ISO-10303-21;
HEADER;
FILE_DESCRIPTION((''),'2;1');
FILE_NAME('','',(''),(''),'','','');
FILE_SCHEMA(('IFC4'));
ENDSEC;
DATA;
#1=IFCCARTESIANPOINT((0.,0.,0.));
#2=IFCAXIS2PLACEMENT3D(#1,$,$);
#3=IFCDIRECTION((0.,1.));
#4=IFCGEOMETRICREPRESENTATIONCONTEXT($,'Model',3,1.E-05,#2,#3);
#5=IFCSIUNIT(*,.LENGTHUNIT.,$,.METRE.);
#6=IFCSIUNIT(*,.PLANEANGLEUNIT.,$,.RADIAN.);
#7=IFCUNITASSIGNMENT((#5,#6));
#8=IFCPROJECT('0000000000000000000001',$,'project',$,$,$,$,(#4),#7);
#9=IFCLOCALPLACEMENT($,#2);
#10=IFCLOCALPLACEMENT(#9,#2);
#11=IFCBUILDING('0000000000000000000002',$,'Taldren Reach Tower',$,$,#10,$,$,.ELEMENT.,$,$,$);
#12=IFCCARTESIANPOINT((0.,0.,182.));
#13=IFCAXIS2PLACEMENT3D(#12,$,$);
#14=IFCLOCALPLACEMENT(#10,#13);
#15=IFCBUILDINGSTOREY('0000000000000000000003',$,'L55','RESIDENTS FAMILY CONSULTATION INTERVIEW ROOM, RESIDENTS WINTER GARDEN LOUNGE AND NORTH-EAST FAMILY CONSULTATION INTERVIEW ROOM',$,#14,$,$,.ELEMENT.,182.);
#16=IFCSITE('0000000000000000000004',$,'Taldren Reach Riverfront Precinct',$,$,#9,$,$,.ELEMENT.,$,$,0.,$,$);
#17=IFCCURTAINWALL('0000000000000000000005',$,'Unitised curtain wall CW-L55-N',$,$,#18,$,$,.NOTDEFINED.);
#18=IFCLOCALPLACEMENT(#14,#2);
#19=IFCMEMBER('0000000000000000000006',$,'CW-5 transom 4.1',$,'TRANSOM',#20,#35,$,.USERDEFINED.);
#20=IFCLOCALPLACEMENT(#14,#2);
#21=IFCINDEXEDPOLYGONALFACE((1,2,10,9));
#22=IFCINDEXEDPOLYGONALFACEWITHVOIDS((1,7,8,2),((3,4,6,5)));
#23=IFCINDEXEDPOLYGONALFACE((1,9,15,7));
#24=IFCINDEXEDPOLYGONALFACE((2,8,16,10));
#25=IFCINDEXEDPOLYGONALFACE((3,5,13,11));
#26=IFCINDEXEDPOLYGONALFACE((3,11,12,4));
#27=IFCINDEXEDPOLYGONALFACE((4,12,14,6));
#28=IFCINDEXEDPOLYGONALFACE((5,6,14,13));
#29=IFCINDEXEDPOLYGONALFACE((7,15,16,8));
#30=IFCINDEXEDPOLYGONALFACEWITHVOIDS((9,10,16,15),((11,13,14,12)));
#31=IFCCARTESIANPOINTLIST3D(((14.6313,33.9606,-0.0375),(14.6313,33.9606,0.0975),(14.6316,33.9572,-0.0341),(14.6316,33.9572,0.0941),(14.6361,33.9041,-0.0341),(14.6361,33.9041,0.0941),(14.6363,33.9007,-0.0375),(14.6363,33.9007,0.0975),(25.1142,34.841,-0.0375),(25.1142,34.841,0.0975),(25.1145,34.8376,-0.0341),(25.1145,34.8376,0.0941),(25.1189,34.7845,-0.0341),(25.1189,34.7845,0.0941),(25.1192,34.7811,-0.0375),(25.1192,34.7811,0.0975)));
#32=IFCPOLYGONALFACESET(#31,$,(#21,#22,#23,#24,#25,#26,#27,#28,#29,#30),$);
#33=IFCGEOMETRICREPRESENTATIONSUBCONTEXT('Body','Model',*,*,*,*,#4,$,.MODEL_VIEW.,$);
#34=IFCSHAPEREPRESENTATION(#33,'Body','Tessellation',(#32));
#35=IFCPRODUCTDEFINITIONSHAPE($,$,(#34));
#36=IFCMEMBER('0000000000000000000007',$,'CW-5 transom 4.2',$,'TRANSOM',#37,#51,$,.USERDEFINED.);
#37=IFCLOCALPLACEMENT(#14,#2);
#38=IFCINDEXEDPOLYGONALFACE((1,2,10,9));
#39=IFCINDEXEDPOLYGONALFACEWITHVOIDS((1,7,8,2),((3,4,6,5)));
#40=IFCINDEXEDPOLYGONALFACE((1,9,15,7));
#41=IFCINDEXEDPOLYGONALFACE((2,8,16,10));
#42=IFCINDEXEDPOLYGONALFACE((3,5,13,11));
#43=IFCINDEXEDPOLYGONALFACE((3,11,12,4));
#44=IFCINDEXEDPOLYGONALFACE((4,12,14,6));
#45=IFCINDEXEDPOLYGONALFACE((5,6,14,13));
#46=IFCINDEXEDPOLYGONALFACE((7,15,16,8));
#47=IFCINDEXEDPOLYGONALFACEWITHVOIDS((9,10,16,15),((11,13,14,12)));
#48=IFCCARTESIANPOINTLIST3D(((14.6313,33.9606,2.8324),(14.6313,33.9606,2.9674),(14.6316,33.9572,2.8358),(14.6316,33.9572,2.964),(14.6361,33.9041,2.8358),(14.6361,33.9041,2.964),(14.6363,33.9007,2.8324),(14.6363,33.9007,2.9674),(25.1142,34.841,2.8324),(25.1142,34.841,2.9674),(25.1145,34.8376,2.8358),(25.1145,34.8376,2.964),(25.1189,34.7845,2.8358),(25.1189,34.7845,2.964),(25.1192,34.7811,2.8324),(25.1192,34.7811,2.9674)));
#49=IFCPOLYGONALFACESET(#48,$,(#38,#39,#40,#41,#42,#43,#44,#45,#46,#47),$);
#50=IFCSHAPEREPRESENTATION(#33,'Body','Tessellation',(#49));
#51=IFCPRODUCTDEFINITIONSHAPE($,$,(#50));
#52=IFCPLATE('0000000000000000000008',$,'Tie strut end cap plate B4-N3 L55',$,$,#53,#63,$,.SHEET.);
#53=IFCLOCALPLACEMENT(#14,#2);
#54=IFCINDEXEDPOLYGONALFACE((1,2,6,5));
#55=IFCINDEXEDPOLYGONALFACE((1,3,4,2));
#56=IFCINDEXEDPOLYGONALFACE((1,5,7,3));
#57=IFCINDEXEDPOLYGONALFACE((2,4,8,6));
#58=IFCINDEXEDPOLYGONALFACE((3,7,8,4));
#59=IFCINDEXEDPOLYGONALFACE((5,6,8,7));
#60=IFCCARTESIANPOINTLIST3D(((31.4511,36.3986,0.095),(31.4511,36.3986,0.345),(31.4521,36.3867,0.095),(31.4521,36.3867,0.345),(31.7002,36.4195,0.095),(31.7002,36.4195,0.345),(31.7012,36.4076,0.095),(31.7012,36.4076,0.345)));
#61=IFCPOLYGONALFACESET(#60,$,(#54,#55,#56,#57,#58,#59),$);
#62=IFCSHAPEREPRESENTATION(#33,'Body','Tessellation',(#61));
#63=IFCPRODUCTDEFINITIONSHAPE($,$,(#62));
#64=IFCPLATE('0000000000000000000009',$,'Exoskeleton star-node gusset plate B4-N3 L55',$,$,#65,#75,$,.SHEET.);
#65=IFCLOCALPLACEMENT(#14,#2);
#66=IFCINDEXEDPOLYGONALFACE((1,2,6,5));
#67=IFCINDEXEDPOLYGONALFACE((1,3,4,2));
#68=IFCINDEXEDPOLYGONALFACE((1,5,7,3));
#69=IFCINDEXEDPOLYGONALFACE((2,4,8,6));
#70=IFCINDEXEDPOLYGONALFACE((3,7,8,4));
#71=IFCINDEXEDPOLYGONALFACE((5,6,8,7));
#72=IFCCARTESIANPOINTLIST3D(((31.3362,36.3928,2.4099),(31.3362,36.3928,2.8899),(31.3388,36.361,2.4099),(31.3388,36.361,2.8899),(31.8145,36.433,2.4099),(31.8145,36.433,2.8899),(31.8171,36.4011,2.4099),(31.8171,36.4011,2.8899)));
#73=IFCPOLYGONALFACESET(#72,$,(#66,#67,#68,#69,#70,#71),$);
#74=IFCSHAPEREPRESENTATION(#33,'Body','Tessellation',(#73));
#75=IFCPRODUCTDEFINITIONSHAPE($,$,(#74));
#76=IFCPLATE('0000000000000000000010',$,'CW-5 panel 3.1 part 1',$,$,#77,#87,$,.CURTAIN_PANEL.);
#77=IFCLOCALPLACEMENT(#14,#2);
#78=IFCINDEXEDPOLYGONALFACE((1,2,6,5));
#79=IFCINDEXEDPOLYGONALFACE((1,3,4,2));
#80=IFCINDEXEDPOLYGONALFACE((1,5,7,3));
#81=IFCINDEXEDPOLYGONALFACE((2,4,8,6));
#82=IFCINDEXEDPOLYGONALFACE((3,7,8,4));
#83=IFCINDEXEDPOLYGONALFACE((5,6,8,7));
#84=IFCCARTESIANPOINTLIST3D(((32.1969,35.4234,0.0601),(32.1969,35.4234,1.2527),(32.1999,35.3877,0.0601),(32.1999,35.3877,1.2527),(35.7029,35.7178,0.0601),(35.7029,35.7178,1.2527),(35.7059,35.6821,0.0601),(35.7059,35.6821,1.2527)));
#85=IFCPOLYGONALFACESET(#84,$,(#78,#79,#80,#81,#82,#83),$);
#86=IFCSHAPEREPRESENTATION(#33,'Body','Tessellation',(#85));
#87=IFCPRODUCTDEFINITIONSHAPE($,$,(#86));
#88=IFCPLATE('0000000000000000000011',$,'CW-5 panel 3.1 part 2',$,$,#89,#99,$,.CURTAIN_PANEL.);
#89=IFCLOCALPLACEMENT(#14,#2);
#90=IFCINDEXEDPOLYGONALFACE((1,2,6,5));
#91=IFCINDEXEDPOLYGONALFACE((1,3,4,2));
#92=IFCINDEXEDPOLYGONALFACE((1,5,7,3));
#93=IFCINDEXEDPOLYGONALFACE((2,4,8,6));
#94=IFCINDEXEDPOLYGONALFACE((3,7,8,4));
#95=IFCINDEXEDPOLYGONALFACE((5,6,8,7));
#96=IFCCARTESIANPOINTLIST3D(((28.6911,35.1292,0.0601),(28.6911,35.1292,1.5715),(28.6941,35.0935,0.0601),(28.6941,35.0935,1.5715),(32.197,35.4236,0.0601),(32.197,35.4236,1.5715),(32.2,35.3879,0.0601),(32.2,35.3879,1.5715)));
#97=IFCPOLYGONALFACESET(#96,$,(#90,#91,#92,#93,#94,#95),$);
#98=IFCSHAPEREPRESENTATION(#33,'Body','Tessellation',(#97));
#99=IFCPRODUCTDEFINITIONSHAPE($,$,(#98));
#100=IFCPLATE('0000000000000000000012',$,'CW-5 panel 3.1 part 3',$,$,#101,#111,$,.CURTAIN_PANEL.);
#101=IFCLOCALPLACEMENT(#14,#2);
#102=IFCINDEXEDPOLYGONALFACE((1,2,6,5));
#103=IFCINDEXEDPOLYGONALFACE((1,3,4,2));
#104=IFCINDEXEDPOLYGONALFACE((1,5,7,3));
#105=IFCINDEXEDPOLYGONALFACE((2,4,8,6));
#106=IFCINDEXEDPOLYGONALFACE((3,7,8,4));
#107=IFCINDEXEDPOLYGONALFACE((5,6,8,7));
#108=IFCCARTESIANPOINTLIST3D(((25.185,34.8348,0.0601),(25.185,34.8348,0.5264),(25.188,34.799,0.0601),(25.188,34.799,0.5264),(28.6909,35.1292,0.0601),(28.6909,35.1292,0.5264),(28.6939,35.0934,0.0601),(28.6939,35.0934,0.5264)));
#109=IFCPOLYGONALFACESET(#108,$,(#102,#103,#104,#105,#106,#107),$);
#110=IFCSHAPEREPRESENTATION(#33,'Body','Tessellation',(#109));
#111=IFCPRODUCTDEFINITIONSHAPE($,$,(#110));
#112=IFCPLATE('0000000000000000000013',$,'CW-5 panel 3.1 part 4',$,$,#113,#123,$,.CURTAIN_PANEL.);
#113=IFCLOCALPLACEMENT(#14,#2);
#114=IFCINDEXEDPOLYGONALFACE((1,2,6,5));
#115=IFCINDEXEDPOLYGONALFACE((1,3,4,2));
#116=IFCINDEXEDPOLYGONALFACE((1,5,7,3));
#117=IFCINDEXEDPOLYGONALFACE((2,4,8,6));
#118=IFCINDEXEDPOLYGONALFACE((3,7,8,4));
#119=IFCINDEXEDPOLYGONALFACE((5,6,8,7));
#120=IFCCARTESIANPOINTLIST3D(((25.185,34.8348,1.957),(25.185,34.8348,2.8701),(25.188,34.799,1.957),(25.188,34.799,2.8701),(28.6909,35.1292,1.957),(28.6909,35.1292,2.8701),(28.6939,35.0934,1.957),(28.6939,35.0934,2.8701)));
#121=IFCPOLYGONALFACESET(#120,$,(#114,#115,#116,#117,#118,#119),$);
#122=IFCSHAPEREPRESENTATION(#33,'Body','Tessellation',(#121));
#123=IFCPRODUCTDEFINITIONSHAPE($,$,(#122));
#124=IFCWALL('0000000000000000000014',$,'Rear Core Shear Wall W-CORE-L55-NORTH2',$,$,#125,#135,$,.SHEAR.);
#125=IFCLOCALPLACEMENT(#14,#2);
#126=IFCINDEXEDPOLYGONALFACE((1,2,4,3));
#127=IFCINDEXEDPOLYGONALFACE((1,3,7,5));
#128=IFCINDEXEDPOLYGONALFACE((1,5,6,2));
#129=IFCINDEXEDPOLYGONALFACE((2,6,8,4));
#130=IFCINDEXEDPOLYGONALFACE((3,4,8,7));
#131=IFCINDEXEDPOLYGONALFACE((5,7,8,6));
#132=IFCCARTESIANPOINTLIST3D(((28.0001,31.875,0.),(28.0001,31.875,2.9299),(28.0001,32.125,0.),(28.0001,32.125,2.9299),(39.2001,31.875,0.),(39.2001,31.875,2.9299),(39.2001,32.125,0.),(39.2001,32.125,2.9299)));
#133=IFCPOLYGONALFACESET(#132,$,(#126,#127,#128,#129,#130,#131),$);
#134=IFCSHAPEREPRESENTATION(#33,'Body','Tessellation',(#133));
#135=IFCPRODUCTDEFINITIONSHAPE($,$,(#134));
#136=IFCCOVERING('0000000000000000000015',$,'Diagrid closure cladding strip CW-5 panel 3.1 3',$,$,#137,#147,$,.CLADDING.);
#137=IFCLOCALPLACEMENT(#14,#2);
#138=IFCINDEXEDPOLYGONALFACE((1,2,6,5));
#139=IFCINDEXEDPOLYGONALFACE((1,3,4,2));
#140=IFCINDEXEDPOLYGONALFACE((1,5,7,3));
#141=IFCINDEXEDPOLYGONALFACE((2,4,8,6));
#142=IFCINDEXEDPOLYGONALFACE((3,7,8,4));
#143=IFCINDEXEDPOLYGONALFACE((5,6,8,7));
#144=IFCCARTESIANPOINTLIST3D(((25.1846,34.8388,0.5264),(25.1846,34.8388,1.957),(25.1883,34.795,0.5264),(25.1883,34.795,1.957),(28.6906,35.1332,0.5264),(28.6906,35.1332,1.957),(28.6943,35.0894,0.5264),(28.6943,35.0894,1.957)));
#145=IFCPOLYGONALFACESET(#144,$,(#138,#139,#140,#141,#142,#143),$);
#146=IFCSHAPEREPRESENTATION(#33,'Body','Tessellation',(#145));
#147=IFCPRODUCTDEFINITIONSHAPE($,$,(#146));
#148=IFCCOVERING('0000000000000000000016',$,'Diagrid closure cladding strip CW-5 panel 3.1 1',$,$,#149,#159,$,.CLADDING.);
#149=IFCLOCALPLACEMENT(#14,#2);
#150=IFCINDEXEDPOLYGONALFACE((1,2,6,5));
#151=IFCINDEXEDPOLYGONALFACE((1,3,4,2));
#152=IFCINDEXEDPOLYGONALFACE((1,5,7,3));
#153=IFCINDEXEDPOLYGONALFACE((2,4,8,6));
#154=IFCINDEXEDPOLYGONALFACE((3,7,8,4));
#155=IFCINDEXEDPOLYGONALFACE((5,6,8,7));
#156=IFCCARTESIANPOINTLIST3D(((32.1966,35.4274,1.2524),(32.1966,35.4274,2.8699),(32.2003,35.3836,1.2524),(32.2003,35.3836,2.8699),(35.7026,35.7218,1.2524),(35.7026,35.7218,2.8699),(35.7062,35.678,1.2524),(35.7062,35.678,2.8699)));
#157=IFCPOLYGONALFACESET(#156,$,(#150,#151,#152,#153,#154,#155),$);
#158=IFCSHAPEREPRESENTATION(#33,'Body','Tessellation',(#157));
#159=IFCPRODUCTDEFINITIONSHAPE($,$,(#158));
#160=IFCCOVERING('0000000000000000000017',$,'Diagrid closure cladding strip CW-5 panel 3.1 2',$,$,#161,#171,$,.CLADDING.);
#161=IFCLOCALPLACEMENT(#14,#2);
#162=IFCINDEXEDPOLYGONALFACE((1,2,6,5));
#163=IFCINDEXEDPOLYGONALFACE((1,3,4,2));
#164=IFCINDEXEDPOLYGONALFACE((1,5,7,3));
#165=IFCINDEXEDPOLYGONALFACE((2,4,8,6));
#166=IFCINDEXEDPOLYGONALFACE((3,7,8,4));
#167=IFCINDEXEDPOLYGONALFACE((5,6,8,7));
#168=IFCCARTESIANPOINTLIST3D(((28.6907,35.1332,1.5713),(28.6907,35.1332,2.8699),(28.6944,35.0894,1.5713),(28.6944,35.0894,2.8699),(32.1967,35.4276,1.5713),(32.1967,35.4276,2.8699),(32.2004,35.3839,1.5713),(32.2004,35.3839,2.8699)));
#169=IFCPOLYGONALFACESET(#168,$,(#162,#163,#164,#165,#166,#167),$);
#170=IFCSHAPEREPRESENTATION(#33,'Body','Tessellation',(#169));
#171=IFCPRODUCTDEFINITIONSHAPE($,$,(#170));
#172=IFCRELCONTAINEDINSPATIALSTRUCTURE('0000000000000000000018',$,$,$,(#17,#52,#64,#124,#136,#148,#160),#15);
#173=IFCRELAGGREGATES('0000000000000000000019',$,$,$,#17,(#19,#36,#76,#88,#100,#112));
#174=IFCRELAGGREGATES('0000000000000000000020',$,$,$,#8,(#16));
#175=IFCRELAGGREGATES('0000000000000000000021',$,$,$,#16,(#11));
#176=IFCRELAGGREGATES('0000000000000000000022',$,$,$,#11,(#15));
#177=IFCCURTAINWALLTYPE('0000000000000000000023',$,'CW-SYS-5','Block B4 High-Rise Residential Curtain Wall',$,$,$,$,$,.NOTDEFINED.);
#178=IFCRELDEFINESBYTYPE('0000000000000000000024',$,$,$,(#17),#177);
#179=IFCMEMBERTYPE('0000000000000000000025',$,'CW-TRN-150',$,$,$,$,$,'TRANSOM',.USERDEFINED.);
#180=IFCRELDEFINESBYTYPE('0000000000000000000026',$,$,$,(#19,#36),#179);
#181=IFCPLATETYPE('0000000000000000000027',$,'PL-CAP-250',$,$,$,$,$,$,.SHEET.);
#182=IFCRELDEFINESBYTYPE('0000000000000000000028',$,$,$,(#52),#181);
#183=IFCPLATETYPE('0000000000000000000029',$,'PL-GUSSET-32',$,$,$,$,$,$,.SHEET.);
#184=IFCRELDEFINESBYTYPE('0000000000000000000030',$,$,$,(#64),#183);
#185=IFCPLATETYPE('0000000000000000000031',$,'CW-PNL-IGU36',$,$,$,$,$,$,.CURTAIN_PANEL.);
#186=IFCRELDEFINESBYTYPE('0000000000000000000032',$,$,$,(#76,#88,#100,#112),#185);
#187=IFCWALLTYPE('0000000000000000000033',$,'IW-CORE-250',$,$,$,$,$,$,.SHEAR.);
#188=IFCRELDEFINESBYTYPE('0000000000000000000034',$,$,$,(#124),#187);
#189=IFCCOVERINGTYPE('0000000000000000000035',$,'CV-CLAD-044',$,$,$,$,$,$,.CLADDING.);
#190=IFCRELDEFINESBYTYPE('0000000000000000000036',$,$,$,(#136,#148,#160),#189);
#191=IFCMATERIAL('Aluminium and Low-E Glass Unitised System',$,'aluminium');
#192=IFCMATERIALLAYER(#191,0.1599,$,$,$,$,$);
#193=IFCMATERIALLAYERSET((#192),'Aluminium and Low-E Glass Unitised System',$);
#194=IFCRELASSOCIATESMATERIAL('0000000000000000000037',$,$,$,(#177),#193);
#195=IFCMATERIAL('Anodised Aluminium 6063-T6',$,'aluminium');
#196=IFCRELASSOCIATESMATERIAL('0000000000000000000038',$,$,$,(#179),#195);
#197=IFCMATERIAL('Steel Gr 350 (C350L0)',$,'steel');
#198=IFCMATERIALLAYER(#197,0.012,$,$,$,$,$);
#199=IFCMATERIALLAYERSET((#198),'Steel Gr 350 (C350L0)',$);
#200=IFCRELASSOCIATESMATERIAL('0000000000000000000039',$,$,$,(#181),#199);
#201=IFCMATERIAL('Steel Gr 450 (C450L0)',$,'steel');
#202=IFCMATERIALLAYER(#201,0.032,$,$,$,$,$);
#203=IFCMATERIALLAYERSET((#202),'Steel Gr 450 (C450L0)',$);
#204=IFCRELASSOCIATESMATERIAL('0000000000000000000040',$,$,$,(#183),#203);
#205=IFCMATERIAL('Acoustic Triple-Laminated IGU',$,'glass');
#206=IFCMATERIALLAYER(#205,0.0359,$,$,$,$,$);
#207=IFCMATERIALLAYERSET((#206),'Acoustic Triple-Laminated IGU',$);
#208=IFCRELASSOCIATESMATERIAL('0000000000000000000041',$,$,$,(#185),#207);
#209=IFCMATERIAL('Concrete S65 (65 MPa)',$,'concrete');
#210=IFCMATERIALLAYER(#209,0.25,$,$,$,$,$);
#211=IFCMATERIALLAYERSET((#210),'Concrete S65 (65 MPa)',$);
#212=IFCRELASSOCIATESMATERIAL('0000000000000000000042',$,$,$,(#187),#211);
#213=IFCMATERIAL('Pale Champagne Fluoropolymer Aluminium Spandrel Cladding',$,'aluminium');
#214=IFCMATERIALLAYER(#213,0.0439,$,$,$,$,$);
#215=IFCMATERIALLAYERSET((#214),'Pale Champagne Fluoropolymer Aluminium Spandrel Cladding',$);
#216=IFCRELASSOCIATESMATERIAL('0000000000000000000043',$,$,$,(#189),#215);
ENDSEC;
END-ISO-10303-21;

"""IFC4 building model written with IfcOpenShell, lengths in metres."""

from ifc_helpers import new_model, si_unit, direction, frame, frame_2d, origin, origin_2d, place, context, subcontext, project, spatial, rectangle, hollow_rectangle, extrude, source, transform, mapped, material, layer, layer_set, material_profile, profile_set, type_object, element, aggregate, save


model = new_model("IFC4")

# Units and contexts
model_context = context("Model", 3, precision=1e-05, world=origin(), true_north=direction((0.0, 1.0)))
body_context = subcontext(model_context, "Body", "Model", "MODEL_VIEW")
ifc_project = project(units=[si_unit("LENGTHUNIT", "METRE"), si_unit("PLANEANGLEUNIT", "RADIAN")], contexts=[model_context])

# Site, building, storey
site_placement = place(None, origin())
site = spatial("IfcSite", under=ifc_project, at=site_placement, Name="Taldren Reach Riverfront Precinct", CompositionType="ELEMENT", RefElevation=0.0)
building_placement = place(site_placement, origin())
building = spatial("IfcBuilding", under=site, at=building_placement, Name="Taldren Reach Tower", CompositionType="ELEMENT")
storey_placement = place(building_placement, frame((0.0, 0.0, 182.0)))
storey = spatial("IfcBuildingStorey", under=building, at=storey_placement, Name="L55", Description="RESIDENTS FAMILY CONSULTATION INTERVIEW ROOM, RESIDENTS WINTER GARDEN LOUNGE AND NORTH-EAST FAMILY CONSULTATION INTERVIEW ROOM", CompositionType="ELEMENT", Elevation=182.0)

# Shared definitions
ifc_material_1 = material(Name="Steel Gr 450 (C450L0)", Category="steel")

# Shared definitions
ifc_material_2 = material(Name="Steel Gr 350 (C350L0)", Category="steel")

# Curtain wall, members
ifc_material_3 = material(Name="Aluminium and Low-E Glass Unitised System", Category="aluminium")
ifc_layer_1 = layer(ifc_material_3, 0.1599)
ifc_layer_set_1 = layer_set([ifc_layer_1], Name="Aluminium and Low-E Glass Unitised System")
curtain_wall_type = type_object("IfcCurtainWallType", Name="CW-SYS-5", Description="Block B4 High-Rise Residential Curtain Wall", PredefinedType="NOTDEFINED", material=ifc_layer_set_1)
curtain_wall_placement = place(storey_placement, origin())
curtain_wall = element("IfcCurtainWall", 1, at=curtain_wall_placement, inside=storey, type_object=curtain_wall_type, Name="Unitised curtain wall CW-L55-N", PredefinedType="NOTDEFINED")
ifc_material_4 = material(Name="Anodised Aluminium 6063-T6", Category="aluminium")
ifc_material_profile_1 = material_profile(ifc_material_4, hollow_rectangle(XDim=0.0601, YDim=0.135, WallThickness=0.0034, at=origin_2d()), Name="ALU-135x60x3.5RHS")
ifc_profile_set_1 = profile_set([ifc_material_profile_1], Name="Anodised Aluminium 6063-T6")
member_type_1 = type_object("IfcMemberType", Name="CW-TRN-150", ElementType="TRANSOM", PredefinedType="USERDEFINED", material=ifc_profile_set_1)
shared_shape_1 = source(origin(), body_context, "Body", "SweptSolid", [
    extrude(hollow_rectangle(XDim=0.0601, YDim=0.135, WallThickness=0.0034, at=origin_2d()), origin(), (0.0, 0.0, 1.0), 10.5198),
])
member_1_placement = place(storey_placement, frame((25.1167, 34.811, 0.03), z_axis=(-0.996492, -0.083687, 0.0), x_axis=(0.083687, -0.996492, 0.0)))
member_1 = element("IfcMember", 2, at=member_1_placement, type_object=member_type_1, Name="CW-5 transom 4.1", ObjectType="TRANSOM", PredefinedType="USERDEFINED", context=body_context, shape_type="MappedRepresentation", body=[
    mapped(shared_shape_1, transform((0.0, 0.0, 0.0), scale=1.0)),
])
member_2_placement = place(storey_placement, frame((25.1167, 34.811, 2.8999), z_axis=(-0.996492, -0.083687, 0.0), x_axis=(0.083687, -0.996492, 0.0)))
member_2 = element("IfcMember", 3, at=member_2_placement, type_object=member_type_1, Name="CW-5 transom 4.2", ObjectType="TRANSOM", PredefinedType="USERDEFINED", context=body_context, shape_type="MappedRepresentation", body=[
    mapped(shared_shape_1, transform((0.0, 0.0, 0.0), scale=1.0)),
])

# Plates
ifc_layer_2 = layer(ifc_material_2, 0.012)
ifc_layer_set_2 = layer_set([ifc_layer_2], Name="Steel Gr 350 (C350L0)")
plate_type_1 = type_object("IfcPlateType", Name="PL-CAP-250", PredefinedType="SHEET", material=ifc_layer_set_2)
shared_shape_2 = source(origin(), body_context, "Body", "SweptSolid", [
    extrude(rectangle(XDim=0.25, YDim=0.012, at=origin_2d()), origin(), (0.0, 0.0, 1.0), 0.25),
])
plate_1_placement = place(storey_placement, frame((31.5762, 36.4031, 0.095), z_axis=(0.0, 0.0, 1.0), x_axis=(0.996493, 0.083678, 0.0)))
element("IfcPlate", 4, at=plate_1_placement, inside=storey, type_object=plate_type_1, Name="Tie strut end cap plate B4-N3 L55", PredefinedType="SHEET", context=body_context, shape_type="MappedRepresentation", body=[
    mapped(shared_shape_2, transform((0.0, 0.0, 0.0), scale=1.0)),
])
ifc_layer_3 = layer(ifc_material_1, 0.032)
ifc_layer_set_3 = layer_set([ifc_layer_3], Name="Steel Gr 450 (C450L0)")
plate_type_2 = type_object("IfcPlateType", Name="PL-GUSSET-32", PredefinedType="SHEET", material=ifc_layer_set_3)
shared_shape_3 = source(origin(), body_context, "Body", "SweptSolid", [
    extrude(rectangle(XDim=0.48, YDim=0.032, at=origin_2d()), origin(), (0.0, 0.0, 1.0), 0.48),
])
plate_2_placement = place(storey_placement, frame((31.5767, 36.397, 2.4099), z_axis=(0.0, 0.0, 1.0), x_axis=(0.996493, 0.083678, 0.0)))
element("IfcPlate", 5, at=plate_2_placement, inside=storey, type_object=plate_type_2, Name="Exoskeleton star-node gusset plate B4-N3 L55", PredefinedType="SHEET", context=body_context, shape_type="MappedRepresentation", body=[
    mapped(shared_shape_3, transform((0.0, 0.0, 0.0), scale=1.0)),
])

# Plates
ifc_material_5 = material(Name="Acoustic Triple-Laminated IGU", Category="glass")
ifc_layer_4 = layer(ifc_material_5, 0.0359)
ifc_layer_set_4 = layer_set([ifc_layer_4], Name="Acoustic Triple-Laminated IGU")
plate_type_3 = type_object("IfcPlateType", Name="CW-PNL-IGU36", PredefinedType="CURTAIN_PANEL", material=ifc_layer_set_4)
shared_shape_4 = source(origin(), body_context, "Body", "SweptSolid", [
    extrude(rectangle(XDim=3.5183, YDim=0.0359, at=origin_2d()), origin(), (0.0, 0.0, 1.0), 1.1926),
])
plate_3_placement = place(storey_placement, frame((33.9514, 35.5527, 0.0601), z_axis=(0.0, 0.0, 1.0), x_axis=(-0.996493, -0.083678, 0.0)))
plate_3 = element("IfcPlate", 6, at=plate_3_placement, type_object=plate_type_3, Name="CW-5 panel 3.1 part 1", PredefinedType="CURTAIN_PANEL", context=body_context, shape_type="MappedRepresentation", body=[
    mapped(shared_shape_4, transform((0.0, 0.0, 0.0), scale=1.0)),
])
shared_shape_5 = source(origin(), body_context, "Body", "SweptSolid", [
    extrude(rectangle(XDim=3.5183, YDim=0.0359, at=origin_2d()), origin(), (0.0, 0.0, 1.0), 1.5115),
])
plate_4_placement = place(storey_placement, frame((30.4456, 35.2585, 0.0601), z_axis=(0.0, 0.0, 1.0), x_axis=(-0.996493, -0.083678, 0.0)))
plate_4 = element("IfcPlate", 7, at=plate_4_placement, type_object=plate_type_3, Name="CW-5 panel 3.1 part 2", PredefinedType="CURTAIN_PANEL", context=body_context, shape_type="MappedRepresentation", body=[
    mapped(shared_shape_5, transform((0.0, 0.0, 0.0), scale=1.0)),
])
shared_shape_6 = source(origin(), body_context, "Body", "SweptSolid", [
    extrude(rectangle(XDim=3.5183, YDim=0.0359, at=origin_2d()), origin(), (0.0, 0.0, 1.0), 0.4663),
])
plate_5_placement = place(storey_placement, frame((26.9395, 34.9641, 0.0601), z_axis=(0.0, 0.0, 1.0), x_axis=(-0.996493, -0.083678, 0.0)))
plate_5 = element("IfcPlate", 8, at=plate_5_placement, type_object=plate_type_3, Name="CW-5 panel 3.1 part 3", PredefinedType="CURTAIN_PANEL", context=body_context, shape_type="MappedRepresentation", body=[
    mapped(shared_shape_6, transform((0.0, 0.0, 0.0), scale=1.0)),
])
shared_shape_7 = source(origin(), body_context, "Body", "SweptSolid", [
    extrude(rectangle(XDim=3.5183, YDim=0.0359, at=origin_2d()), origin(), (0.0, 0.0, 1.0), 0.9131),
])
plate_6_placement = place(storey_placement, frame((26.9395, 34.9641, 1.957), z_axis=(0.0, 0.0, 1.0), x_axis=(-0.996493, -0.083678, 0.0)))
plate_6 = element("IfcPlate", 9, at=plate_6_placement, type_object=plate_type_3, Name="CW-5 panel 3.1 part 4", PredefinedType="CURTAIN_PANEL", context=body_context, shape_type="MappedRepresentation", body=[
    mapped(shared_shape_7, transform((0.0, 0.0, 0.0), scale=1.0)),
])
aggregate(curtain_wall, [member_1, member_2, plate_3, plate_4, plate_5, plate_6])

# Wall
ifc_material_6 = material(Name="Concrete S65 (65 MPa)", Category="concrete")
ifc_layer_5 = layer(ifc_material_6, 0.25)
ifc_layer_set_5 = layer_set([ifc_layer_5], Name="Concrete S65 (65 MPa)")
wall_type = type_object("IfcWallType", Name="IW-CORE-250", PredefinedType="SHEAR", material=ifc_layer_set_5)
shared_shape_8 = source(origin(), body_context, "Body", "SweptSolid", [
    extrude(rectangle(XDim=11.2, YDim=0.25, at=frame_2d((5.6001, 0.0))), origin(), (0.0, 0.0, 1.0), 2.9299),
])
wall_placement = place(storey_placement, frame((28.0, 32.0, 0.0), z_axis=(0.0, 0.0, 1.0), x_axis=(1.0, 0.0, 0.0)))
element("IfcWall", 10, at=wall_placement, inside=storey, type_object=wall_type, Name="Rear Core Shear Wall W-CORE-L55-NORTH2", PredefinedType="SHEAR", context=body_context, shape_type="MappedRepresentation", body=[
    mapped(shared_shape_8, transform((0.0, 0.0, 0.0), scale=1.0)),
])

# Coverings
ifc_material_7 = material(Name="Pale Champagne Fluoropolymer Aluminium Spandrel Cladding", Category="aluminium")
ifc_layer_6 = layer(ifc_material_7, 0.0439)
ifc_layer_set_6 = layer_set([ifc_layer_6], Name="Pale Champagne Fluoropolymer Aluminium Spandrel Cladding")
covering_type = type_object("IfcCoveringType", Name="CV-CLAD-044", PredefinedType="CLADDING", material=ifc_layer_set_6)
shared_shape_9 = source(origin(), body_context, "Body", "SweptSolid", [
    extrude(rectangle(XDim=3.5183, YDim=0.0439, at=origin_2d()), origin(), (0.0, 0.0, 1.0), 1.4307),
])
covering_1_placement = place(storey_placement, frame((26.9395, 34.9641, 0.5264), z_axis=(0.0, 0.0, 1.0), x_axis=(-0.996493, -0.083678, 0.0)))
element("IfcCovering", 11, at=covering_1_placement, inside=storey, type_object=covering_type, Name="Diagrid closure cladding strip CW-5 panel 3.1 3", PredefinedType="CLADDING", context=body_context, shape_type="MappedRepresentation", body=[
    mapped(shared_shape_9, transform((0.0, 0.0, 0.0), scale=1.0)),
])
shared_shape_10 = source(origin(), body_context, "Body", "SweptSolid", [
    extrude(rectangle(XDim=3.5183, YDim=0.0439, at=origin_2d()), origin(), (0.0, 0.0, 1.0), 1.6174),
])
covering_2_placement = place(storey_placement, frame((33.9514, 35.5527, 1.2524), z_axis=(0.0, 0.0, 1.0), x_axis=(-0.996493, -0.083678, 0.0)))
element("IfcCovering", 12, at=covering_2_placement, inside=storey, type_object=covering_type, Name="Diagrid closure cladding strip CW-5 panel 3.1 1", PredefinedType="CLADDING", context=body_context, shape_type="MappedRepresentation", body=[
    mapped(shared_shape_10, transform((0.0, 0.0, 0.0), scale=1.0)),
])
shared_shape_11 = source(origin(), body_context, "Body", "SweptSolid", [
    extrude(rectangle(XDim=3.5183, YDim=0.0439, at=origin_2d()), origin(), (0.0, 0.0, 1.0), 1.2986),
])
covering_3_placement = place(storey_placement, frame((30.4456, 35.2585, 1.5713), z_axis=(0.0, 0.0, 1.0), x_axis=(-0.996493, -0.083678, 0.0)))
element("IfcCovering", 13, at=covering_3_placement, inside=storey, type_object=covering_type, Name="Diagrid closure cladding strip CW-5 panel 3.1 2", PredefinedType="CLADDING", context=body_context, shape_type="MappedRepresentation", body=[
    mapped(shared_shape_11, transform((0.0, 0.0, 0.0), scale=1.0)),
])

save(model, "model.ifc")
